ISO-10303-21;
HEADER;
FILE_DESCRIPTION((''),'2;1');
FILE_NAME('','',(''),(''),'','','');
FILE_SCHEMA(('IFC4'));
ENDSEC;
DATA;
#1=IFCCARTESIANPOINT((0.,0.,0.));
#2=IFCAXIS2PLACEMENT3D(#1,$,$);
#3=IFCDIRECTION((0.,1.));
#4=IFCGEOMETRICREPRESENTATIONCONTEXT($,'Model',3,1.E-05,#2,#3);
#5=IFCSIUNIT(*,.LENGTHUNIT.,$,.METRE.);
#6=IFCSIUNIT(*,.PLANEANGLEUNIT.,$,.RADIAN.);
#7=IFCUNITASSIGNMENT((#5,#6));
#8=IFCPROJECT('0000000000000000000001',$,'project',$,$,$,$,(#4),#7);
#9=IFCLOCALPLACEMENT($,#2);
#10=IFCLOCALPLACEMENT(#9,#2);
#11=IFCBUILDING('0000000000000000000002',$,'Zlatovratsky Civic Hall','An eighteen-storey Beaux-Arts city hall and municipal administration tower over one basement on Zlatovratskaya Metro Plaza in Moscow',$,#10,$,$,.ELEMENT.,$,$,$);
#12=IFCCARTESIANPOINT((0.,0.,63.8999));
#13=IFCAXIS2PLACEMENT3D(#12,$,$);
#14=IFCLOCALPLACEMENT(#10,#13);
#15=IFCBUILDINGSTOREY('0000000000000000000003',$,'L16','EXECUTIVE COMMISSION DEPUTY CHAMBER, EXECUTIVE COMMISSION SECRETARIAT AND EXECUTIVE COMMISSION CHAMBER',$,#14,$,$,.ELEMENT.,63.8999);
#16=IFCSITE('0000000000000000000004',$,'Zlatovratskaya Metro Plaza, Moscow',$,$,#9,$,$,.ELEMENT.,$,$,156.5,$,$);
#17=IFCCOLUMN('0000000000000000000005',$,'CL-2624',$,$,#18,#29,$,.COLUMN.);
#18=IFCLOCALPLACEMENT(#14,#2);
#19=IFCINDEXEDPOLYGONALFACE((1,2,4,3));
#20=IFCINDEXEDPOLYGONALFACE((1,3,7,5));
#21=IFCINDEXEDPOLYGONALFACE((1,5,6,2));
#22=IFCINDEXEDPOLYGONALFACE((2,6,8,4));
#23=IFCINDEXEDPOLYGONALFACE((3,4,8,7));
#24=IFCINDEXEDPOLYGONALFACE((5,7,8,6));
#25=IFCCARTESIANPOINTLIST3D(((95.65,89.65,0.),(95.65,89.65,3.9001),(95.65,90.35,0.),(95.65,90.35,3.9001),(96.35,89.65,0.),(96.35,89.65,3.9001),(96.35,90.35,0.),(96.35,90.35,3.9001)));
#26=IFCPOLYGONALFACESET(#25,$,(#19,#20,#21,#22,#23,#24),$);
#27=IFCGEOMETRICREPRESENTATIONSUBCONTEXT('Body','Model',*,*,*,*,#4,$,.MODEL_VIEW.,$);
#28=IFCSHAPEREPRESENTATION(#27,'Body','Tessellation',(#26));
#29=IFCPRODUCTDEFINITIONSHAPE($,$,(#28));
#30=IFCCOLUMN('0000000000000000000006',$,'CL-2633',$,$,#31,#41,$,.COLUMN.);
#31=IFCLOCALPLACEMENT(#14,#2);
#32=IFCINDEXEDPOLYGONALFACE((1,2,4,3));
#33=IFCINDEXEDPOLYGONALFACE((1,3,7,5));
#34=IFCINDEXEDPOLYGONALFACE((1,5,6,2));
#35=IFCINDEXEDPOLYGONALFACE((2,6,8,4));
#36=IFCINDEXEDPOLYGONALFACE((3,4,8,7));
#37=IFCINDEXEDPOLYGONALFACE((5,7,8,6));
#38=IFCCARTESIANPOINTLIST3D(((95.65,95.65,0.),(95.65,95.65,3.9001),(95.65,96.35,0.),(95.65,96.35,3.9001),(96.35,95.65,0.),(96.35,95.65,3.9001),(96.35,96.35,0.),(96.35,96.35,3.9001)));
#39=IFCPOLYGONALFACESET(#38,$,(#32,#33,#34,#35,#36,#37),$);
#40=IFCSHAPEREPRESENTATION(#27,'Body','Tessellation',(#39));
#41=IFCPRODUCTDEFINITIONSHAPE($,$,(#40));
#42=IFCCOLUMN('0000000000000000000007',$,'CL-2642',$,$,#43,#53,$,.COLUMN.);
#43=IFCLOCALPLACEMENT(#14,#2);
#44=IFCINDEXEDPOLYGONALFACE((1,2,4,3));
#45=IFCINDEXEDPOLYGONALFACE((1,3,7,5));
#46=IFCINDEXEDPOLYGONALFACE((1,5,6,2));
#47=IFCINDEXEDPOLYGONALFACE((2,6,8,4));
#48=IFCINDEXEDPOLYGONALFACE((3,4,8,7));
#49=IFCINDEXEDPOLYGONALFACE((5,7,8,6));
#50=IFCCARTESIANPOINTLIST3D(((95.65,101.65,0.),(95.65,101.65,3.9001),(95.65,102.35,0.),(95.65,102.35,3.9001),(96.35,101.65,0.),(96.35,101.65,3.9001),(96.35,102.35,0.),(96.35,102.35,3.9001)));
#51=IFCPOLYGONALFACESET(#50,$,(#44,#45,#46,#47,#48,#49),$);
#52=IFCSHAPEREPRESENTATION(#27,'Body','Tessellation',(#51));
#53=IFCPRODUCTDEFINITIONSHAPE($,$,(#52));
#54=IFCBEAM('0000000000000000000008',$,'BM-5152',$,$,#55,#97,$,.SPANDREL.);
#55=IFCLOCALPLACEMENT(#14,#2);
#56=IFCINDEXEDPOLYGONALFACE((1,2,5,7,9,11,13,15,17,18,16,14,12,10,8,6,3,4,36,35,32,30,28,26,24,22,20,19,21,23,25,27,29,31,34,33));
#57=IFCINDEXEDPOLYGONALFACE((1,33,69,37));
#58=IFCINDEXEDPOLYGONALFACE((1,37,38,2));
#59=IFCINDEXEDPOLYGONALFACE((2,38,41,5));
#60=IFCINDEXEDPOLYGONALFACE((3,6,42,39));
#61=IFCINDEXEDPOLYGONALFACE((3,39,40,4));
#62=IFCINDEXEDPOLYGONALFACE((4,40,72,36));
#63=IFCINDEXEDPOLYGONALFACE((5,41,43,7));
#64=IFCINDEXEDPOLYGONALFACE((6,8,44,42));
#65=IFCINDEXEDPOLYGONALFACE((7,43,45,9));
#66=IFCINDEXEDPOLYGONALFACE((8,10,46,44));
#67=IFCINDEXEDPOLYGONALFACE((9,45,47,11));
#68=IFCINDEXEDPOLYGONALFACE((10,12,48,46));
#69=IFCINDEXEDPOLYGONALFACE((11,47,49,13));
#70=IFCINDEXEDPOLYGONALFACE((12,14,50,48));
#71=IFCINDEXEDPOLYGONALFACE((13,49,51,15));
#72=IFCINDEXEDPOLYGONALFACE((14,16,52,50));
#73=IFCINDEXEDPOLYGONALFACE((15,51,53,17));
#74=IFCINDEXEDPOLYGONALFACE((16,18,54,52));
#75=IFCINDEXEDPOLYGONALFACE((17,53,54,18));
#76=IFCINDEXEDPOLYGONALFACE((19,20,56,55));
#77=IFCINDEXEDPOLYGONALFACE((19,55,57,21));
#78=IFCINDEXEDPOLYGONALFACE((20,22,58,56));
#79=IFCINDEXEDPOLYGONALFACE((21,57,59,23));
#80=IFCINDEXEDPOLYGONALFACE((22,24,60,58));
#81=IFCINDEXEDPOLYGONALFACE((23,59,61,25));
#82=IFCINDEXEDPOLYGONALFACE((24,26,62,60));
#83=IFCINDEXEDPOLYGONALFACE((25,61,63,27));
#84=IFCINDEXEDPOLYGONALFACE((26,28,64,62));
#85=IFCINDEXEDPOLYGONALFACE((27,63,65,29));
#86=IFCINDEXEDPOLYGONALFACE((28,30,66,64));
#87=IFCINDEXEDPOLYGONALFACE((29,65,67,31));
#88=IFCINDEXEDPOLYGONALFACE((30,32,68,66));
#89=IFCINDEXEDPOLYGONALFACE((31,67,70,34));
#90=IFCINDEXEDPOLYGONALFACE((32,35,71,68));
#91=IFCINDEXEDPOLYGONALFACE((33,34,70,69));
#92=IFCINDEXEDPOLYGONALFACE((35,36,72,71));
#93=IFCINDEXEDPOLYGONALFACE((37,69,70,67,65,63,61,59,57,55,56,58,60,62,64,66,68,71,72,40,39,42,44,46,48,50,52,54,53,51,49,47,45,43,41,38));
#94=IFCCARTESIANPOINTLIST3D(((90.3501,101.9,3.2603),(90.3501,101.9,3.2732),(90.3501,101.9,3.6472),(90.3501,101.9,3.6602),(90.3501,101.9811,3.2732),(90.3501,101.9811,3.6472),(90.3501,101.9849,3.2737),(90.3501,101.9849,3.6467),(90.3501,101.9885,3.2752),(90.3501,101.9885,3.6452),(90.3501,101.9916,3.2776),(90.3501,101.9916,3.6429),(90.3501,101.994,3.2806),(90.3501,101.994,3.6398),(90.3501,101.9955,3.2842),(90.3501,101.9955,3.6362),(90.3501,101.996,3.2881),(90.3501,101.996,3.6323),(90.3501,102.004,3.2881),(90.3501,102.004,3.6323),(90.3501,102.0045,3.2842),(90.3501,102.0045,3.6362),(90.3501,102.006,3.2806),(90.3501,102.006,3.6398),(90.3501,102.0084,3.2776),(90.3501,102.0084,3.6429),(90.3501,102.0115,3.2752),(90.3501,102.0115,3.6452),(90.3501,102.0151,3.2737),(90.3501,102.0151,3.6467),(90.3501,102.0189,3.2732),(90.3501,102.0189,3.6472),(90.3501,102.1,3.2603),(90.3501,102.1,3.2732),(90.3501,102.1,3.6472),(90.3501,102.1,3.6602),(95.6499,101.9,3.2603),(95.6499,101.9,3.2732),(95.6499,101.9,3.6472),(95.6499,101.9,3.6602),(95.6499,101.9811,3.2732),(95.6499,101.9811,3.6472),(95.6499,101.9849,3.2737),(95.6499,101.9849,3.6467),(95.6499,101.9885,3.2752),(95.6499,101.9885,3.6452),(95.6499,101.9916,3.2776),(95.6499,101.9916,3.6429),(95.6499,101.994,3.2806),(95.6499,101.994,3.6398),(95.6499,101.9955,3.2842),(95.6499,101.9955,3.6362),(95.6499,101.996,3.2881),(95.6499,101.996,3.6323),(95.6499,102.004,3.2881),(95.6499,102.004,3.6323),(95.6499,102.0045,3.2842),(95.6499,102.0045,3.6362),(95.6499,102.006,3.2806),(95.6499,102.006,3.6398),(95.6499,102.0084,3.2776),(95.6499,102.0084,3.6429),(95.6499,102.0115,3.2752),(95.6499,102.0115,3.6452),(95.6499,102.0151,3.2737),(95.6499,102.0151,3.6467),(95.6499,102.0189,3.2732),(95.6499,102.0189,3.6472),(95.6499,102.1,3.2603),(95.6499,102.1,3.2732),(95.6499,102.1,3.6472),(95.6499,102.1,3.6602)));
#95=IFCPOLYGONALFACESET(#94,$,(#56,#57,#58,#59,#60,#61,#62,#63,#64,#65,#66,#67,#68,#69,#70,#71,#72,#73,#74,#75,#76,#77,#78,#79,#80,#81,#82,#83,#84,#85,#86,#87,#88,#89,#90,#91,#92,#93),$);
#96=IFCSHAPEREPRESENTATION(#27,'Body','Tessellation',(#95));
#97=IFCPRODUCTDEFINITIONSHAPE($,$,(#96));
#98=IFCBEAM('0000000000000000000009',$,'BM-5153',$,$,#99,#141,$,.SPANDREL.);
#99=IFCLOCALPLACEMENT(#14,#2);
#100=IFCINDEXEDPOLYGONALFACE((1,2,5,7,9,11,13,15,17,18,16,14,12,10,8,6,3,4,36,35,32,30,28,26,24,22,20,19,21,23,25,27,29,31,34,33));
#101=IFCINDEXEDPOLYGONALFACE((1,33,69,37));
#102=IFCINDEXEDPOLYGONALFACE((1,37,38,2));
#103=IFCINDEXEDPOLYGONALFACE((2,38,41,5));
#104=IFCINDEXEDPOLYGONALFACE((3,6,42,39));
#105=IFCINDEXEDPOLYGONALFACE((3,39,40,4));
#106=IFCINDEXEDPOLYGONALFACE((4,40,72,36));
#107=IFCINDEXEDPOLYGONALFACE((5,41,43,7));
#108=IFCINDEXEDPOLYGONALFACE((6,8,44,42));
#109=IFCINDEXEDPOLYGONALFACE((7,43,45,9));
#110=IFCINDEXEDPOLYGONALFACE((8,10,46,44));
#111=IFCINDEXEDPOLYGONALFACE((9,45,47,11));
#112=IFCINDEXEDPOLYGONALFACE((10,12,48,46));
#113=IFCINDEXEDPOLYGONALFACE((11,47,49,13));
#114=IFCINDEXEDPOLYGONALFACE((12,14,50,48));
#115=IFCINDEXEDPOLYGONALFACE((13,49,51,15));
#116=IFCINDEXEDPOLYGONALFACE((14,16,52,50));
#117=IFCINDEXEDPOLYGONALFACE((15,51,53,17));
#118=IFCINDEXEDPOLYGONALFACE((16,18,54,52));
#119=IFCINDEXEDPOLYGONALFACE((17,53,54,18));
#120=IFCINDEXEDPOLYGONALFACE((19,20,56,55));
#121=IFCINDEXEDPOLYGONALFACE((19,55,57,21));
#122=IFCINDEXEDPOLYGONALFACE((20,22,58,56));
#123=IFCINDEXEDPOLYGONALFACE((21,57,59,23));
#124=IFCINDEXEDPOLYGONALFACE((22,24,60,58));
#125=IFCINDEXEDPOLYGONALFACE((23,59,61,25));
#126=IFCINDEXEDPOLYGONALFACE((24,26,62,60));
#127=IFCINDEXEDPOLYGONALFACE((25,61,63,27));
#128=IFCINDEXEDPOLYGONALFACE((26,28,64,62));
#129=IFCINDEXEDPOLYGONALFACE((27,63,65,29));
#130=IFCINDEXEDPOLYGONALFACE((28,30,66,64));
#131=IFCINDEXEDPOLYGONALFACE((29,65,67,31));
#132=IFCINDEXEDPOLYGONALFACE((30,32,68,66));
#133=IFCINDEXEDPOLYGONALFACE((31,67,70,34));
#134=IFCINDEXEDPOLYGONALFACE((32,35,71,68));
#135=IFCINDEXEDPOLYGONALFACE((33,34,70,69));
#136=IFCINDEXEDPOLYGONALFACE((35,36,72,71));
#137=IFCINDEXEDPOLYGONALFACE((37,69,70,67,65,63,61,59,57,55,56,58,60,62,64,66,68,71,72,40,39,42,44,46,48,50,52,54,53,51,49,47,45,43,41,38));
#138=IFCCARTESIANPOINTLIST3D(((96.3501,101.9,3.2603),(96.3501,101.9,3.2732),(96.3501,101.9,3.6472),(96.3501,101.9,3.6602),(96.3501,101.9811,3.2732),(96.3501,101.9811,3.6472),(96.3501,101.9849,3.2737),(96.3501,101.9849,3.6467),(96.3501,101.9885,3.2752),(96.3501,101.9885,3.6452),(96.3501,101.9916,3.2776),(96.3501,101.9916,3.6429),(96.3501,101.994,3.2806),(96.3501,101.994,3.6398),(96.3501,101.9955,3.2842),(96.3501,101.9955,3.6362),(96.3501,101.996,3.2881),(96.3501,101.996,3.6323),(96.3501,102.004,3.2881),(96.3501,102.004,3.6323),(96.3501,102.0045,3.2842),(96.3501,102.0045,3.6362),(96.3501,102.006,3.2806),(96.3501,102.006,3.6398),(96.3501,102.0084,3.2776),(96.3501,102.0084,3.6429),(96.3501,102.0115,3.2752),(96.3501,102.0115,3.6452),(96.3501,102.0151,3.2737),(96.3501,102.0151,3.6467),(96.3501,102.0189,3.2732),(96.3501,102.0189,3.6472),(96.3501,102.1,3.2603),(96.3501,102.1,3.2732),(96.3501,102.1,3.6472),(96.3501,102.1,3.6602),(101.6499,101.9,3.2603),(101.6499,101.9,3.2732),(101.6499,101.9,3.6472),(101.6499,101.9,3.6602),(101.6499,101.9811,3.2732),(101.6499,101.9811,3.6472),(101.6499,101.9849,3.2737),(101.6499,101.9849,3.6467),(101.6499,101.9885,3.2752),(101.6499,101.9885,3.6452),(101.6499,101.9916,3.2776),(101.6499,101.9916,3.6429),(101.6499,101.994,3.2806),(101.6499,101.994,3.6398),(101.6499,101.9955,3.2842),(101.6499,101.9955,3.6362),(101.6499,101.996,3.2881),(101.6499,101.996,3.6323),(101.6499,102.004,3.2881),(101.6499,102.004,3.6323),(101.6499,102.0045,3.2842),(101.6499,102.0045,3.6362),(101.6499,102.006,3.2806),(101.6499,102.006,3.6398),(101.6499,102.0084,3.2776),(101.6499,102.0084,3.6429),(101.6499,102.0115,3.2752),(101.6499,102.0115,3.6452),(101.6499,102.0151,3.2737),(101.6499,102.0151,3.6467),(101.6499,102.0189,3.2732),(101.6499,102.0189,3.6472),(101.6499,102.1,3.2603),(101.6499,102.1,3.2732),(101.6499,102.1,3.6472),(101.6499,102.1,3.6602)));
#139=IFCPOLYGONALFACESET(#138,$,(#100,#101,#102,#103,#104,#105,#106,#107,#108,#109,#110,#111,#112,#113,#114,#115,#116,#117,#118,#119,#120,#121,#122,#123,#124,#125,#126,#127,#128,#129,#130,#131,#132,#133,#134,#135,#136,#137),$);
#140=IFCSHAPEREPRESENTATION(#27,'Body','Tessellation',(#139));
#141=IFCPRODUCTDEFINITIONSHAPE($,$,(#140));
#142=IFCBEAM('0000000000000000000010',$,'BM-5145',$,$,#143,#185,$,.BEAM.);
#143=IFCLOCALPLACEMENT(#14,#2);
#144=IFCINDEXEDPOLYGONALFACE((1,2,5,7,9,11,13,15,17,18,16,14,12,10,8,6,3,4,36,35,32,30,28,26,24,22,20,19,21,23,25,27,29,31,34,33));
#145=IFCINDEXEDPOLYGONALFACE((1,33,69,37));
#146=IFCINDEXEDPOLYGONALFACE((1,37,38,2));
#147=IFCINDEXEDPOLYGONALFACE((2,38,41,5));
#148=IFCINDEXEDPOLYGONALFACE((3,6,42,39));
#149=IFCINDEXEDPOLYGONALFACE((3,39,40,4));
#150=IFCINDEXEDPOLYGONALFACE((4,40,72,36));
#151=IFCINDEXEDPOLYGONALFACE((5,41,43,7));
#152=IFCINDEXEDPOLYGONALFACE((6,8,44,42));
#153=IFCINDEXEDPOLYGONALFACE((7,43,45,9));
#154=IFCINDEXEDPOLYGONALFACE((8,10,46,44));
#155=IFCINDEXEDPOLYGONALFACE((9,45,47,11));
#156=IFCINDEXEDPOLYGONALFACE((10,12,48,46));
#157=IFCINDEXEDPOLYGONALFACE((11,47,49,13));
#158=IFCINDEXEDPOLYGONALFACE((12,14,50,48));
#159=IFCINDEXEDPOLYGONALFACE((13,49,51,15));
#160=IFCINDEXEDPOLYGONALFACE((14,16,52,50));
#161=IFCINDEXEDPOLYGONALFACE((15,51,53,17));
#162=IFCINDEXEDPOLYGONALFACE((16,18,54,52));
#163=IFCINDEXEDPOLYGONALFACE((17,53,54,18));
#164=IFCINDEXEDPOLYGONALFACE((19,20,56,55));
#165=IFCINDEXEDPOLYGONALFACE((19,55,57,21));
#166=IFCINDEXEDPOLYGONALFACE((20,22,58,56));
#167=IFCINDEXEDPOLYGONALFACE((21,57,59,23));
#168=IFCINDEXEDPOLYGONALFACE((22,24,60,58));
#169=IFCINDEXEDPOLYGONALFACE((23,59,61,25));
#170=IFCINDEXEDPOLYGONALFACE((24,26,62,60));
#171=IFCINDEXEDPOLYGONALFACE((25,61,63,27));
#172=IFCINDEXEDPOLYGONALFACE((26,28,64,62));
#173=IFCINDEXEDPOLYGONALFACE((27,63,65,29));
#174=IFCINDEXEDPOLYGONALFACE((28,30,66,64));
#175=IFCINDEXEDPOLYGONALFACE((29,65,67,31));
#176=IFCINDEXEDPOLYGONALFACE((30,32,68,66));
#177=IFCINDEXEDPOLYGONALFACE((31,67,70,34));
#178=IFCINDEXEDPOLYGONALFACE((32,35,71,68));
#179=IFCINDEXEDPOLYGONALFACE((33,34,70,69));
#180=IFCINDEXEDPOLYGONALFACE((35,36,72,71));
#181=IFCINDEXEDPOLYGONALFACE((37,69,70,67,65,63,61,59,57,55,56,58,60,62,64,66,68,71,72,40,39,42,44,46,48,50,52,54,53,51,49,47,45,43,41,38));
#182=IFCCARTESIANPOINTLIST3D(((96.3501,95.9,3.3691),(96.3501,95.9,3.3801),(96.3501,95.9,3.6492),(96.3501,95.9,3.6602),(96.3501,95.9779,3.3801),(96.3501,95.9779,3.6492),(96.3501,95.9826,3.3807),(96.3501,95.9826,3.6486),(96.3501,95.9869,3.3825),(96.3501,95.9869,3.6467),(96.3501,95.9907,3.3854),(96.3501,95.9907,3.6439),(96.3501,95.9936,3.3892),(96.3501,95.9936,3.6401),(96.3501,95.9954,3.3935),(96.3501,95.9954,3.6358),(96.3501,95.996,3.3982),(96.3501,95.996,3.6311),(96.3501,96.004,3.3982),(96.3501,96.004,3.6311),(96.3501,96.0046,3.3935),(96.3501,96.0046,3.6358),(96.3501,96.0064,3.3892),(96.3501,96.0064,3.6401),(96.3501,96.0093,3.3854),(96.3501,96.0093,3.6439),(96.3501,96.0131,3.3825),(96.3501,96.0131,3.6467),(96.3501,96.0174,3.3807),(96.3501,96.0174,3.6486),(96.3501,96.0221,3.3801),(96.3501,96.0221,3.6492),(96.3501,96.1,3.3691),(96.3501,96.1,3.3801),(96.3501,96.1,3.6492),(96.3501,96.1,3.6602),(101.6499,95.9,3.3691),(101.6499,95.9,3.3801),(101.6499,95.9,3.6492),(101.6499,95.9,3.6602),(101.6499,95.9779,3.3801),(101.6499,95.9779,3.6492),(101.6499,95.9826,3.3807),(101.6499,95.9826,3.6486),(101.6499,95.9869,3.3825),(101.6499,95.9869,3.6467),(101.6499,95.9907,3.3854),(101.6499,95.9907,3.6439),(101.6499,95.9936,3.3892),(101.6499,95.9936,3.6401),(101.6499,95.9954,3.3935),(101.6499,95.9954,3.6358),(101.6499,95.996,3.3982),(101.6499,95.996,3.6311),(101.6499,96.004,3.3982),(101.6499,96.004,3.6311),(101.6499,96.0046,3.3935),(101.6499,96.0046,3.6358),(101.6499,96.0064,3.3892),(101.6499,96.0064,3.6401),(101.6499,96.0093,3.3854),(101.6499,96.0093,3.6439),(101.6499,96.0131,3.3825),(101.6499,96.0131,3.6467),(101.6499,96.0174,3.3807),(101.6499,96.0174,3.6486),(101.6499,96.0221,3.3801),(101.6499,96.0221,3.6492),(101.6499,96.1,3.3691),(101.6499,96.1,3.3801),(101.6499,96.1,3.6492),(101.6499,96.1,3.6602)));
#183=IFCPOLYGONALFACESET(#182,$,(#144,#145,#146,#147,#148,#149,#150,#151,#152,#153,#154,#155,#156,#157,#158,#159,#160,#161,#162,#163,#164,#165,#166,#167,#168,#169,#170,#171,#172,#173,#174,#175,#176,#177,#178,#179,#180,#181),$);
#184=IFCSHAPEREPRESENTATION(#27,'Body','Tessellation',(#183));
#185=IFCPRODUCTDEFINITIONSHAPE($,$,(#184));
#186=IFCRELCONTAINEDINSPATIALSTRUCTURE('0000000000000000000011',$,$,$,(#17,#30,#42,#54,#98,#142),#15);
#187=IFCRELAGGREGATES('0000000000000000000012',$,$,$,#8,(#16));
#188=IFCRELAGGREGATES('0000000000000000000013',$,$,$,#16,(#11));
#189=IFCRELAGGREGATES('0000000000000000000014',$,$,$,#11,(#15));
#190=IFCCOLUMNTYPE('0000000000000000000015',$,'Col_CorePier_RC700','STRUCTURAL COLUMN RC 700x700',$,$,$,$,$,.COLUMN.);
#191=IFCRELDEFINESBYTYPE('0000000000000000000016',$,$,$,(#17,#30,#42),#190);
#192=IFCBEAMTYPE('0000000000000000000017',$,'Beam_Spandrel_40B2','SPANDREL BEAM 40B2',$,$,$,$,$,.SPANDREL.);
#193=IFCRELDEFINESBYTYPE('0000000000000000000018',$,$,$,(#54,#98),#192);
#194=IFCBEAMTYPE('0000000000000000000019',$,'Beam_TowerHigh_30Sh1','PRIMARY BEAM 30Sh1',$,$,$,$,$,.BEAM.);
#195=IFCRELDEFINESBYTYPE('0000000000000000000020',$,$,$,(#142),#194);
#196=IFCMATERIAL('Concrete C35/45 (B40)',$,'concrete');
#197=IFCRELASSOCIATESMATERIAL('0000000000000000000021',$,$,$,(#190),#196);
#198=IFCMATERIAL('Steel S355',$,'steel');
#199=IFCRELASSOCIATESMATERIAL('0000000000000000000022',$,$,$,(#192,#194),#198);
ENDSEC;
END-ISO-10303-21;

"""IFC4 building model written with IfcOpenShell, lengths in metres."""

from ifc_helpers import new_model, si_unit, direction, frame, origin, origin_2d, place, context, subcontext, project, spatial, rectangle, i_section, extrude, material, material_profile, profile_set, type_object, element, save


model = new_model("IFC4")

# Units and contexts
model_context = context("Model", 3, precision=1e-05, world=origin(), true_north=direction((0.0, 1.0)))
body_context = subcontext(model_context, "Body", "Model", "MODEL_VIEW")
ifc_project = project(units=[si_unit("LENGTHUNIT", "METRE"), si_unit("PLANEANGLEUNIT", "RADIAN")], contexts=[model_context])

# Site, building, storey
site_placement = place(None, origin())
site = spatial("IfcSite", under=ifc_project, at=site_placement, Name="Zlatovratskaya Metro Plaza, Moscow", CompositionType="ELEMENT", RefElevation=156.5)
building_placement = place(site_placement, origin())
building = spatial("IfcBuilding", under=site, at=building_placement, Name="Zlatovratsky Civic Hall", Description="An eighteen-storey Beaux-Arts city hall and municipal administration tower over one basement on Zlatovratskaya Metro Plaza in Moscow", CompositionType="ELEMENT")
storey_placement = place(building_placement, frame((0.0, 0.0, 63.8999)))
storey = spatial("IfcBuildingStorey", under=building, at=storey_placement, Name="L16", Description="EXECUTIVE COMMISSION DEPUTY CHAMBER, EXECUTIVE COMMISSION SECRETARIAT AND EXECUTIVE COMMISSION CHAMBER", CompositionType="ELEMENT", Elevation=63.8999)

# Columns
ifc_material_1 = material(Name="Concrete C35/45 (B40)", Category="concrete")
ifc_material_profile_1 = material_profile(ifc_material_1, rectangle(XDim=0.7, YDim=0.7, at=origin_2d()), Name="RC 700x700")
ifc_profile_set_1 = profile_set([ifc_material_profile_1], Name="Concrete C35/45 (B40)")
column_type = type_object("IfcColumnType", Name="Col_CorePier_RC700", Description="STRUCTURAL COLUMN RC 700x700", PredefinedType="COLUMN", material=ifc_profile_set_1)
for number, where, z_axis, x_axis, name in (
    (1, (96.0, 90.0, 0.0), (0.0, 0.0, 1.0), (1.0, 0.0, 0.0), "CL-2624"),
    (2, (96.0, 96.0, 0.0), (0.0, 0.0, 1.0), (1.0, 0.0, 0.0), "CL-2633"),
    (3, (96.0, 102.0, 0.0), (0.0, 0.0, 1.0), (1.0, 0.0, 0.0), "CL-2642"),
):
    element("IfcColumn", number, at=place(storey_placement, frame(where, z_axis=z_axis, x_axis=x_axis)), inside=storey, type_object=column_type, Name=name, PredefinedType="COLUMN", context=body_context, shape_type="SweptSolid", body=[
        extrude(rectangle(XDim=0.7, YDim=0.7, at=origin_2d()), origin(), (0.0, 0.0, 1.0), 3.9001),
    ])

# Beams
ifc_material_2 = material(Name="Steel S355", Category="steel")
ifc_material_profile_2 = material_profile(ifc_material_2, i_section(OverallWidth=0.2, OverallDepth=0.3999, WebThickness=0.0081, FlangeThickness=0.0129, FilletRadius=0.0149, at=origin_2d()), Name="40B2")
ifc_profile_set_2 = profile_set([ifc_material_profile_2], Name="Steel S355")
beam_type_1 = type_object("IfcBeamType", Name="Beam_Spandrel_40B2", Description="SPANDREL BEAM 40B2", PredefinedType="SPANDREL", material=ifc_profile_set_2)
for number, where, z_axis, x_axis, name in (
    (4, (90.3501, 102.0, 3.4602), (1.0, 0.0, 0.0), (0.0, 1.0, 0.0), "BM-5152"),
    (5, (96.3501, 102.0, 3.4602), (1.0, 0.0, 0.0), (0.0, 1.0, 0.0), "BM-5153"),
):
    element("IfcBeam", number, at=place(storey_placement, frame(where, z_axis=z_axis, x_axis=x_axis)), inside=storey, type_object=beam_type_1, Name=name, PredefinedType="SPANDREL", context=body_context, shape_type="SweptSolid", body=[
        extrude(i_section(OverallWidth=0.2, OverallDepth=0.3999, WebThickness=0.0081, FlangeThickness=0.0129, FilletRadius=0.0149, at=origin_2d()), origin(), (0.0, 0.0, 1.0), 5.2998),
    ])
ifc_material_profile_3 = material_profile(ifc_material_2, i_section(OverallWidth=0.2, OverallDepth=0.291, WebThickness=0.0081, FlangeThickness=0.011, FilletRadius=0.0181, at=origin_2d()), Name="30Sh1")
ifc_profile_set_3 = profile_set([ifc_material_profile_3], Name="Steel S355")
beam_type_2 = type_object("IfcBeamType", Name="Beam_TowerHigh_30Sh1", Description="PRIMARY BEAM 30Sh1", PredefinedType="BEAM", material=ifc_profile_set_3)
for number, where, z_axis, x_axis, name in (
    (6, (96.3501, 96.0, 3.5146), (1.0, 0.0, 0.0), (0.0, 1.0, 0.0), "BM-5145"),
):
    element("IfcBeam", number, at=place(storey_placement, frame(where, z_axis=z_axis, x_axis=x_axis)), inside=storey, type_object=beam_type_2, Name=name, PredefinedType="BEAM", context=body_context, shape_type="SweptSolid", body=[
        extrude(i_section(OverallWidth=0.2, OverallDepth=0.291, WebThickness=0.0081, FlangeThickness=0.011, FilletRadius=0.0181, at=origin_2d()), origin(), (0.0, 0.0, 1.0), 5.2998),
    ])

save(model, "model.ifc")
